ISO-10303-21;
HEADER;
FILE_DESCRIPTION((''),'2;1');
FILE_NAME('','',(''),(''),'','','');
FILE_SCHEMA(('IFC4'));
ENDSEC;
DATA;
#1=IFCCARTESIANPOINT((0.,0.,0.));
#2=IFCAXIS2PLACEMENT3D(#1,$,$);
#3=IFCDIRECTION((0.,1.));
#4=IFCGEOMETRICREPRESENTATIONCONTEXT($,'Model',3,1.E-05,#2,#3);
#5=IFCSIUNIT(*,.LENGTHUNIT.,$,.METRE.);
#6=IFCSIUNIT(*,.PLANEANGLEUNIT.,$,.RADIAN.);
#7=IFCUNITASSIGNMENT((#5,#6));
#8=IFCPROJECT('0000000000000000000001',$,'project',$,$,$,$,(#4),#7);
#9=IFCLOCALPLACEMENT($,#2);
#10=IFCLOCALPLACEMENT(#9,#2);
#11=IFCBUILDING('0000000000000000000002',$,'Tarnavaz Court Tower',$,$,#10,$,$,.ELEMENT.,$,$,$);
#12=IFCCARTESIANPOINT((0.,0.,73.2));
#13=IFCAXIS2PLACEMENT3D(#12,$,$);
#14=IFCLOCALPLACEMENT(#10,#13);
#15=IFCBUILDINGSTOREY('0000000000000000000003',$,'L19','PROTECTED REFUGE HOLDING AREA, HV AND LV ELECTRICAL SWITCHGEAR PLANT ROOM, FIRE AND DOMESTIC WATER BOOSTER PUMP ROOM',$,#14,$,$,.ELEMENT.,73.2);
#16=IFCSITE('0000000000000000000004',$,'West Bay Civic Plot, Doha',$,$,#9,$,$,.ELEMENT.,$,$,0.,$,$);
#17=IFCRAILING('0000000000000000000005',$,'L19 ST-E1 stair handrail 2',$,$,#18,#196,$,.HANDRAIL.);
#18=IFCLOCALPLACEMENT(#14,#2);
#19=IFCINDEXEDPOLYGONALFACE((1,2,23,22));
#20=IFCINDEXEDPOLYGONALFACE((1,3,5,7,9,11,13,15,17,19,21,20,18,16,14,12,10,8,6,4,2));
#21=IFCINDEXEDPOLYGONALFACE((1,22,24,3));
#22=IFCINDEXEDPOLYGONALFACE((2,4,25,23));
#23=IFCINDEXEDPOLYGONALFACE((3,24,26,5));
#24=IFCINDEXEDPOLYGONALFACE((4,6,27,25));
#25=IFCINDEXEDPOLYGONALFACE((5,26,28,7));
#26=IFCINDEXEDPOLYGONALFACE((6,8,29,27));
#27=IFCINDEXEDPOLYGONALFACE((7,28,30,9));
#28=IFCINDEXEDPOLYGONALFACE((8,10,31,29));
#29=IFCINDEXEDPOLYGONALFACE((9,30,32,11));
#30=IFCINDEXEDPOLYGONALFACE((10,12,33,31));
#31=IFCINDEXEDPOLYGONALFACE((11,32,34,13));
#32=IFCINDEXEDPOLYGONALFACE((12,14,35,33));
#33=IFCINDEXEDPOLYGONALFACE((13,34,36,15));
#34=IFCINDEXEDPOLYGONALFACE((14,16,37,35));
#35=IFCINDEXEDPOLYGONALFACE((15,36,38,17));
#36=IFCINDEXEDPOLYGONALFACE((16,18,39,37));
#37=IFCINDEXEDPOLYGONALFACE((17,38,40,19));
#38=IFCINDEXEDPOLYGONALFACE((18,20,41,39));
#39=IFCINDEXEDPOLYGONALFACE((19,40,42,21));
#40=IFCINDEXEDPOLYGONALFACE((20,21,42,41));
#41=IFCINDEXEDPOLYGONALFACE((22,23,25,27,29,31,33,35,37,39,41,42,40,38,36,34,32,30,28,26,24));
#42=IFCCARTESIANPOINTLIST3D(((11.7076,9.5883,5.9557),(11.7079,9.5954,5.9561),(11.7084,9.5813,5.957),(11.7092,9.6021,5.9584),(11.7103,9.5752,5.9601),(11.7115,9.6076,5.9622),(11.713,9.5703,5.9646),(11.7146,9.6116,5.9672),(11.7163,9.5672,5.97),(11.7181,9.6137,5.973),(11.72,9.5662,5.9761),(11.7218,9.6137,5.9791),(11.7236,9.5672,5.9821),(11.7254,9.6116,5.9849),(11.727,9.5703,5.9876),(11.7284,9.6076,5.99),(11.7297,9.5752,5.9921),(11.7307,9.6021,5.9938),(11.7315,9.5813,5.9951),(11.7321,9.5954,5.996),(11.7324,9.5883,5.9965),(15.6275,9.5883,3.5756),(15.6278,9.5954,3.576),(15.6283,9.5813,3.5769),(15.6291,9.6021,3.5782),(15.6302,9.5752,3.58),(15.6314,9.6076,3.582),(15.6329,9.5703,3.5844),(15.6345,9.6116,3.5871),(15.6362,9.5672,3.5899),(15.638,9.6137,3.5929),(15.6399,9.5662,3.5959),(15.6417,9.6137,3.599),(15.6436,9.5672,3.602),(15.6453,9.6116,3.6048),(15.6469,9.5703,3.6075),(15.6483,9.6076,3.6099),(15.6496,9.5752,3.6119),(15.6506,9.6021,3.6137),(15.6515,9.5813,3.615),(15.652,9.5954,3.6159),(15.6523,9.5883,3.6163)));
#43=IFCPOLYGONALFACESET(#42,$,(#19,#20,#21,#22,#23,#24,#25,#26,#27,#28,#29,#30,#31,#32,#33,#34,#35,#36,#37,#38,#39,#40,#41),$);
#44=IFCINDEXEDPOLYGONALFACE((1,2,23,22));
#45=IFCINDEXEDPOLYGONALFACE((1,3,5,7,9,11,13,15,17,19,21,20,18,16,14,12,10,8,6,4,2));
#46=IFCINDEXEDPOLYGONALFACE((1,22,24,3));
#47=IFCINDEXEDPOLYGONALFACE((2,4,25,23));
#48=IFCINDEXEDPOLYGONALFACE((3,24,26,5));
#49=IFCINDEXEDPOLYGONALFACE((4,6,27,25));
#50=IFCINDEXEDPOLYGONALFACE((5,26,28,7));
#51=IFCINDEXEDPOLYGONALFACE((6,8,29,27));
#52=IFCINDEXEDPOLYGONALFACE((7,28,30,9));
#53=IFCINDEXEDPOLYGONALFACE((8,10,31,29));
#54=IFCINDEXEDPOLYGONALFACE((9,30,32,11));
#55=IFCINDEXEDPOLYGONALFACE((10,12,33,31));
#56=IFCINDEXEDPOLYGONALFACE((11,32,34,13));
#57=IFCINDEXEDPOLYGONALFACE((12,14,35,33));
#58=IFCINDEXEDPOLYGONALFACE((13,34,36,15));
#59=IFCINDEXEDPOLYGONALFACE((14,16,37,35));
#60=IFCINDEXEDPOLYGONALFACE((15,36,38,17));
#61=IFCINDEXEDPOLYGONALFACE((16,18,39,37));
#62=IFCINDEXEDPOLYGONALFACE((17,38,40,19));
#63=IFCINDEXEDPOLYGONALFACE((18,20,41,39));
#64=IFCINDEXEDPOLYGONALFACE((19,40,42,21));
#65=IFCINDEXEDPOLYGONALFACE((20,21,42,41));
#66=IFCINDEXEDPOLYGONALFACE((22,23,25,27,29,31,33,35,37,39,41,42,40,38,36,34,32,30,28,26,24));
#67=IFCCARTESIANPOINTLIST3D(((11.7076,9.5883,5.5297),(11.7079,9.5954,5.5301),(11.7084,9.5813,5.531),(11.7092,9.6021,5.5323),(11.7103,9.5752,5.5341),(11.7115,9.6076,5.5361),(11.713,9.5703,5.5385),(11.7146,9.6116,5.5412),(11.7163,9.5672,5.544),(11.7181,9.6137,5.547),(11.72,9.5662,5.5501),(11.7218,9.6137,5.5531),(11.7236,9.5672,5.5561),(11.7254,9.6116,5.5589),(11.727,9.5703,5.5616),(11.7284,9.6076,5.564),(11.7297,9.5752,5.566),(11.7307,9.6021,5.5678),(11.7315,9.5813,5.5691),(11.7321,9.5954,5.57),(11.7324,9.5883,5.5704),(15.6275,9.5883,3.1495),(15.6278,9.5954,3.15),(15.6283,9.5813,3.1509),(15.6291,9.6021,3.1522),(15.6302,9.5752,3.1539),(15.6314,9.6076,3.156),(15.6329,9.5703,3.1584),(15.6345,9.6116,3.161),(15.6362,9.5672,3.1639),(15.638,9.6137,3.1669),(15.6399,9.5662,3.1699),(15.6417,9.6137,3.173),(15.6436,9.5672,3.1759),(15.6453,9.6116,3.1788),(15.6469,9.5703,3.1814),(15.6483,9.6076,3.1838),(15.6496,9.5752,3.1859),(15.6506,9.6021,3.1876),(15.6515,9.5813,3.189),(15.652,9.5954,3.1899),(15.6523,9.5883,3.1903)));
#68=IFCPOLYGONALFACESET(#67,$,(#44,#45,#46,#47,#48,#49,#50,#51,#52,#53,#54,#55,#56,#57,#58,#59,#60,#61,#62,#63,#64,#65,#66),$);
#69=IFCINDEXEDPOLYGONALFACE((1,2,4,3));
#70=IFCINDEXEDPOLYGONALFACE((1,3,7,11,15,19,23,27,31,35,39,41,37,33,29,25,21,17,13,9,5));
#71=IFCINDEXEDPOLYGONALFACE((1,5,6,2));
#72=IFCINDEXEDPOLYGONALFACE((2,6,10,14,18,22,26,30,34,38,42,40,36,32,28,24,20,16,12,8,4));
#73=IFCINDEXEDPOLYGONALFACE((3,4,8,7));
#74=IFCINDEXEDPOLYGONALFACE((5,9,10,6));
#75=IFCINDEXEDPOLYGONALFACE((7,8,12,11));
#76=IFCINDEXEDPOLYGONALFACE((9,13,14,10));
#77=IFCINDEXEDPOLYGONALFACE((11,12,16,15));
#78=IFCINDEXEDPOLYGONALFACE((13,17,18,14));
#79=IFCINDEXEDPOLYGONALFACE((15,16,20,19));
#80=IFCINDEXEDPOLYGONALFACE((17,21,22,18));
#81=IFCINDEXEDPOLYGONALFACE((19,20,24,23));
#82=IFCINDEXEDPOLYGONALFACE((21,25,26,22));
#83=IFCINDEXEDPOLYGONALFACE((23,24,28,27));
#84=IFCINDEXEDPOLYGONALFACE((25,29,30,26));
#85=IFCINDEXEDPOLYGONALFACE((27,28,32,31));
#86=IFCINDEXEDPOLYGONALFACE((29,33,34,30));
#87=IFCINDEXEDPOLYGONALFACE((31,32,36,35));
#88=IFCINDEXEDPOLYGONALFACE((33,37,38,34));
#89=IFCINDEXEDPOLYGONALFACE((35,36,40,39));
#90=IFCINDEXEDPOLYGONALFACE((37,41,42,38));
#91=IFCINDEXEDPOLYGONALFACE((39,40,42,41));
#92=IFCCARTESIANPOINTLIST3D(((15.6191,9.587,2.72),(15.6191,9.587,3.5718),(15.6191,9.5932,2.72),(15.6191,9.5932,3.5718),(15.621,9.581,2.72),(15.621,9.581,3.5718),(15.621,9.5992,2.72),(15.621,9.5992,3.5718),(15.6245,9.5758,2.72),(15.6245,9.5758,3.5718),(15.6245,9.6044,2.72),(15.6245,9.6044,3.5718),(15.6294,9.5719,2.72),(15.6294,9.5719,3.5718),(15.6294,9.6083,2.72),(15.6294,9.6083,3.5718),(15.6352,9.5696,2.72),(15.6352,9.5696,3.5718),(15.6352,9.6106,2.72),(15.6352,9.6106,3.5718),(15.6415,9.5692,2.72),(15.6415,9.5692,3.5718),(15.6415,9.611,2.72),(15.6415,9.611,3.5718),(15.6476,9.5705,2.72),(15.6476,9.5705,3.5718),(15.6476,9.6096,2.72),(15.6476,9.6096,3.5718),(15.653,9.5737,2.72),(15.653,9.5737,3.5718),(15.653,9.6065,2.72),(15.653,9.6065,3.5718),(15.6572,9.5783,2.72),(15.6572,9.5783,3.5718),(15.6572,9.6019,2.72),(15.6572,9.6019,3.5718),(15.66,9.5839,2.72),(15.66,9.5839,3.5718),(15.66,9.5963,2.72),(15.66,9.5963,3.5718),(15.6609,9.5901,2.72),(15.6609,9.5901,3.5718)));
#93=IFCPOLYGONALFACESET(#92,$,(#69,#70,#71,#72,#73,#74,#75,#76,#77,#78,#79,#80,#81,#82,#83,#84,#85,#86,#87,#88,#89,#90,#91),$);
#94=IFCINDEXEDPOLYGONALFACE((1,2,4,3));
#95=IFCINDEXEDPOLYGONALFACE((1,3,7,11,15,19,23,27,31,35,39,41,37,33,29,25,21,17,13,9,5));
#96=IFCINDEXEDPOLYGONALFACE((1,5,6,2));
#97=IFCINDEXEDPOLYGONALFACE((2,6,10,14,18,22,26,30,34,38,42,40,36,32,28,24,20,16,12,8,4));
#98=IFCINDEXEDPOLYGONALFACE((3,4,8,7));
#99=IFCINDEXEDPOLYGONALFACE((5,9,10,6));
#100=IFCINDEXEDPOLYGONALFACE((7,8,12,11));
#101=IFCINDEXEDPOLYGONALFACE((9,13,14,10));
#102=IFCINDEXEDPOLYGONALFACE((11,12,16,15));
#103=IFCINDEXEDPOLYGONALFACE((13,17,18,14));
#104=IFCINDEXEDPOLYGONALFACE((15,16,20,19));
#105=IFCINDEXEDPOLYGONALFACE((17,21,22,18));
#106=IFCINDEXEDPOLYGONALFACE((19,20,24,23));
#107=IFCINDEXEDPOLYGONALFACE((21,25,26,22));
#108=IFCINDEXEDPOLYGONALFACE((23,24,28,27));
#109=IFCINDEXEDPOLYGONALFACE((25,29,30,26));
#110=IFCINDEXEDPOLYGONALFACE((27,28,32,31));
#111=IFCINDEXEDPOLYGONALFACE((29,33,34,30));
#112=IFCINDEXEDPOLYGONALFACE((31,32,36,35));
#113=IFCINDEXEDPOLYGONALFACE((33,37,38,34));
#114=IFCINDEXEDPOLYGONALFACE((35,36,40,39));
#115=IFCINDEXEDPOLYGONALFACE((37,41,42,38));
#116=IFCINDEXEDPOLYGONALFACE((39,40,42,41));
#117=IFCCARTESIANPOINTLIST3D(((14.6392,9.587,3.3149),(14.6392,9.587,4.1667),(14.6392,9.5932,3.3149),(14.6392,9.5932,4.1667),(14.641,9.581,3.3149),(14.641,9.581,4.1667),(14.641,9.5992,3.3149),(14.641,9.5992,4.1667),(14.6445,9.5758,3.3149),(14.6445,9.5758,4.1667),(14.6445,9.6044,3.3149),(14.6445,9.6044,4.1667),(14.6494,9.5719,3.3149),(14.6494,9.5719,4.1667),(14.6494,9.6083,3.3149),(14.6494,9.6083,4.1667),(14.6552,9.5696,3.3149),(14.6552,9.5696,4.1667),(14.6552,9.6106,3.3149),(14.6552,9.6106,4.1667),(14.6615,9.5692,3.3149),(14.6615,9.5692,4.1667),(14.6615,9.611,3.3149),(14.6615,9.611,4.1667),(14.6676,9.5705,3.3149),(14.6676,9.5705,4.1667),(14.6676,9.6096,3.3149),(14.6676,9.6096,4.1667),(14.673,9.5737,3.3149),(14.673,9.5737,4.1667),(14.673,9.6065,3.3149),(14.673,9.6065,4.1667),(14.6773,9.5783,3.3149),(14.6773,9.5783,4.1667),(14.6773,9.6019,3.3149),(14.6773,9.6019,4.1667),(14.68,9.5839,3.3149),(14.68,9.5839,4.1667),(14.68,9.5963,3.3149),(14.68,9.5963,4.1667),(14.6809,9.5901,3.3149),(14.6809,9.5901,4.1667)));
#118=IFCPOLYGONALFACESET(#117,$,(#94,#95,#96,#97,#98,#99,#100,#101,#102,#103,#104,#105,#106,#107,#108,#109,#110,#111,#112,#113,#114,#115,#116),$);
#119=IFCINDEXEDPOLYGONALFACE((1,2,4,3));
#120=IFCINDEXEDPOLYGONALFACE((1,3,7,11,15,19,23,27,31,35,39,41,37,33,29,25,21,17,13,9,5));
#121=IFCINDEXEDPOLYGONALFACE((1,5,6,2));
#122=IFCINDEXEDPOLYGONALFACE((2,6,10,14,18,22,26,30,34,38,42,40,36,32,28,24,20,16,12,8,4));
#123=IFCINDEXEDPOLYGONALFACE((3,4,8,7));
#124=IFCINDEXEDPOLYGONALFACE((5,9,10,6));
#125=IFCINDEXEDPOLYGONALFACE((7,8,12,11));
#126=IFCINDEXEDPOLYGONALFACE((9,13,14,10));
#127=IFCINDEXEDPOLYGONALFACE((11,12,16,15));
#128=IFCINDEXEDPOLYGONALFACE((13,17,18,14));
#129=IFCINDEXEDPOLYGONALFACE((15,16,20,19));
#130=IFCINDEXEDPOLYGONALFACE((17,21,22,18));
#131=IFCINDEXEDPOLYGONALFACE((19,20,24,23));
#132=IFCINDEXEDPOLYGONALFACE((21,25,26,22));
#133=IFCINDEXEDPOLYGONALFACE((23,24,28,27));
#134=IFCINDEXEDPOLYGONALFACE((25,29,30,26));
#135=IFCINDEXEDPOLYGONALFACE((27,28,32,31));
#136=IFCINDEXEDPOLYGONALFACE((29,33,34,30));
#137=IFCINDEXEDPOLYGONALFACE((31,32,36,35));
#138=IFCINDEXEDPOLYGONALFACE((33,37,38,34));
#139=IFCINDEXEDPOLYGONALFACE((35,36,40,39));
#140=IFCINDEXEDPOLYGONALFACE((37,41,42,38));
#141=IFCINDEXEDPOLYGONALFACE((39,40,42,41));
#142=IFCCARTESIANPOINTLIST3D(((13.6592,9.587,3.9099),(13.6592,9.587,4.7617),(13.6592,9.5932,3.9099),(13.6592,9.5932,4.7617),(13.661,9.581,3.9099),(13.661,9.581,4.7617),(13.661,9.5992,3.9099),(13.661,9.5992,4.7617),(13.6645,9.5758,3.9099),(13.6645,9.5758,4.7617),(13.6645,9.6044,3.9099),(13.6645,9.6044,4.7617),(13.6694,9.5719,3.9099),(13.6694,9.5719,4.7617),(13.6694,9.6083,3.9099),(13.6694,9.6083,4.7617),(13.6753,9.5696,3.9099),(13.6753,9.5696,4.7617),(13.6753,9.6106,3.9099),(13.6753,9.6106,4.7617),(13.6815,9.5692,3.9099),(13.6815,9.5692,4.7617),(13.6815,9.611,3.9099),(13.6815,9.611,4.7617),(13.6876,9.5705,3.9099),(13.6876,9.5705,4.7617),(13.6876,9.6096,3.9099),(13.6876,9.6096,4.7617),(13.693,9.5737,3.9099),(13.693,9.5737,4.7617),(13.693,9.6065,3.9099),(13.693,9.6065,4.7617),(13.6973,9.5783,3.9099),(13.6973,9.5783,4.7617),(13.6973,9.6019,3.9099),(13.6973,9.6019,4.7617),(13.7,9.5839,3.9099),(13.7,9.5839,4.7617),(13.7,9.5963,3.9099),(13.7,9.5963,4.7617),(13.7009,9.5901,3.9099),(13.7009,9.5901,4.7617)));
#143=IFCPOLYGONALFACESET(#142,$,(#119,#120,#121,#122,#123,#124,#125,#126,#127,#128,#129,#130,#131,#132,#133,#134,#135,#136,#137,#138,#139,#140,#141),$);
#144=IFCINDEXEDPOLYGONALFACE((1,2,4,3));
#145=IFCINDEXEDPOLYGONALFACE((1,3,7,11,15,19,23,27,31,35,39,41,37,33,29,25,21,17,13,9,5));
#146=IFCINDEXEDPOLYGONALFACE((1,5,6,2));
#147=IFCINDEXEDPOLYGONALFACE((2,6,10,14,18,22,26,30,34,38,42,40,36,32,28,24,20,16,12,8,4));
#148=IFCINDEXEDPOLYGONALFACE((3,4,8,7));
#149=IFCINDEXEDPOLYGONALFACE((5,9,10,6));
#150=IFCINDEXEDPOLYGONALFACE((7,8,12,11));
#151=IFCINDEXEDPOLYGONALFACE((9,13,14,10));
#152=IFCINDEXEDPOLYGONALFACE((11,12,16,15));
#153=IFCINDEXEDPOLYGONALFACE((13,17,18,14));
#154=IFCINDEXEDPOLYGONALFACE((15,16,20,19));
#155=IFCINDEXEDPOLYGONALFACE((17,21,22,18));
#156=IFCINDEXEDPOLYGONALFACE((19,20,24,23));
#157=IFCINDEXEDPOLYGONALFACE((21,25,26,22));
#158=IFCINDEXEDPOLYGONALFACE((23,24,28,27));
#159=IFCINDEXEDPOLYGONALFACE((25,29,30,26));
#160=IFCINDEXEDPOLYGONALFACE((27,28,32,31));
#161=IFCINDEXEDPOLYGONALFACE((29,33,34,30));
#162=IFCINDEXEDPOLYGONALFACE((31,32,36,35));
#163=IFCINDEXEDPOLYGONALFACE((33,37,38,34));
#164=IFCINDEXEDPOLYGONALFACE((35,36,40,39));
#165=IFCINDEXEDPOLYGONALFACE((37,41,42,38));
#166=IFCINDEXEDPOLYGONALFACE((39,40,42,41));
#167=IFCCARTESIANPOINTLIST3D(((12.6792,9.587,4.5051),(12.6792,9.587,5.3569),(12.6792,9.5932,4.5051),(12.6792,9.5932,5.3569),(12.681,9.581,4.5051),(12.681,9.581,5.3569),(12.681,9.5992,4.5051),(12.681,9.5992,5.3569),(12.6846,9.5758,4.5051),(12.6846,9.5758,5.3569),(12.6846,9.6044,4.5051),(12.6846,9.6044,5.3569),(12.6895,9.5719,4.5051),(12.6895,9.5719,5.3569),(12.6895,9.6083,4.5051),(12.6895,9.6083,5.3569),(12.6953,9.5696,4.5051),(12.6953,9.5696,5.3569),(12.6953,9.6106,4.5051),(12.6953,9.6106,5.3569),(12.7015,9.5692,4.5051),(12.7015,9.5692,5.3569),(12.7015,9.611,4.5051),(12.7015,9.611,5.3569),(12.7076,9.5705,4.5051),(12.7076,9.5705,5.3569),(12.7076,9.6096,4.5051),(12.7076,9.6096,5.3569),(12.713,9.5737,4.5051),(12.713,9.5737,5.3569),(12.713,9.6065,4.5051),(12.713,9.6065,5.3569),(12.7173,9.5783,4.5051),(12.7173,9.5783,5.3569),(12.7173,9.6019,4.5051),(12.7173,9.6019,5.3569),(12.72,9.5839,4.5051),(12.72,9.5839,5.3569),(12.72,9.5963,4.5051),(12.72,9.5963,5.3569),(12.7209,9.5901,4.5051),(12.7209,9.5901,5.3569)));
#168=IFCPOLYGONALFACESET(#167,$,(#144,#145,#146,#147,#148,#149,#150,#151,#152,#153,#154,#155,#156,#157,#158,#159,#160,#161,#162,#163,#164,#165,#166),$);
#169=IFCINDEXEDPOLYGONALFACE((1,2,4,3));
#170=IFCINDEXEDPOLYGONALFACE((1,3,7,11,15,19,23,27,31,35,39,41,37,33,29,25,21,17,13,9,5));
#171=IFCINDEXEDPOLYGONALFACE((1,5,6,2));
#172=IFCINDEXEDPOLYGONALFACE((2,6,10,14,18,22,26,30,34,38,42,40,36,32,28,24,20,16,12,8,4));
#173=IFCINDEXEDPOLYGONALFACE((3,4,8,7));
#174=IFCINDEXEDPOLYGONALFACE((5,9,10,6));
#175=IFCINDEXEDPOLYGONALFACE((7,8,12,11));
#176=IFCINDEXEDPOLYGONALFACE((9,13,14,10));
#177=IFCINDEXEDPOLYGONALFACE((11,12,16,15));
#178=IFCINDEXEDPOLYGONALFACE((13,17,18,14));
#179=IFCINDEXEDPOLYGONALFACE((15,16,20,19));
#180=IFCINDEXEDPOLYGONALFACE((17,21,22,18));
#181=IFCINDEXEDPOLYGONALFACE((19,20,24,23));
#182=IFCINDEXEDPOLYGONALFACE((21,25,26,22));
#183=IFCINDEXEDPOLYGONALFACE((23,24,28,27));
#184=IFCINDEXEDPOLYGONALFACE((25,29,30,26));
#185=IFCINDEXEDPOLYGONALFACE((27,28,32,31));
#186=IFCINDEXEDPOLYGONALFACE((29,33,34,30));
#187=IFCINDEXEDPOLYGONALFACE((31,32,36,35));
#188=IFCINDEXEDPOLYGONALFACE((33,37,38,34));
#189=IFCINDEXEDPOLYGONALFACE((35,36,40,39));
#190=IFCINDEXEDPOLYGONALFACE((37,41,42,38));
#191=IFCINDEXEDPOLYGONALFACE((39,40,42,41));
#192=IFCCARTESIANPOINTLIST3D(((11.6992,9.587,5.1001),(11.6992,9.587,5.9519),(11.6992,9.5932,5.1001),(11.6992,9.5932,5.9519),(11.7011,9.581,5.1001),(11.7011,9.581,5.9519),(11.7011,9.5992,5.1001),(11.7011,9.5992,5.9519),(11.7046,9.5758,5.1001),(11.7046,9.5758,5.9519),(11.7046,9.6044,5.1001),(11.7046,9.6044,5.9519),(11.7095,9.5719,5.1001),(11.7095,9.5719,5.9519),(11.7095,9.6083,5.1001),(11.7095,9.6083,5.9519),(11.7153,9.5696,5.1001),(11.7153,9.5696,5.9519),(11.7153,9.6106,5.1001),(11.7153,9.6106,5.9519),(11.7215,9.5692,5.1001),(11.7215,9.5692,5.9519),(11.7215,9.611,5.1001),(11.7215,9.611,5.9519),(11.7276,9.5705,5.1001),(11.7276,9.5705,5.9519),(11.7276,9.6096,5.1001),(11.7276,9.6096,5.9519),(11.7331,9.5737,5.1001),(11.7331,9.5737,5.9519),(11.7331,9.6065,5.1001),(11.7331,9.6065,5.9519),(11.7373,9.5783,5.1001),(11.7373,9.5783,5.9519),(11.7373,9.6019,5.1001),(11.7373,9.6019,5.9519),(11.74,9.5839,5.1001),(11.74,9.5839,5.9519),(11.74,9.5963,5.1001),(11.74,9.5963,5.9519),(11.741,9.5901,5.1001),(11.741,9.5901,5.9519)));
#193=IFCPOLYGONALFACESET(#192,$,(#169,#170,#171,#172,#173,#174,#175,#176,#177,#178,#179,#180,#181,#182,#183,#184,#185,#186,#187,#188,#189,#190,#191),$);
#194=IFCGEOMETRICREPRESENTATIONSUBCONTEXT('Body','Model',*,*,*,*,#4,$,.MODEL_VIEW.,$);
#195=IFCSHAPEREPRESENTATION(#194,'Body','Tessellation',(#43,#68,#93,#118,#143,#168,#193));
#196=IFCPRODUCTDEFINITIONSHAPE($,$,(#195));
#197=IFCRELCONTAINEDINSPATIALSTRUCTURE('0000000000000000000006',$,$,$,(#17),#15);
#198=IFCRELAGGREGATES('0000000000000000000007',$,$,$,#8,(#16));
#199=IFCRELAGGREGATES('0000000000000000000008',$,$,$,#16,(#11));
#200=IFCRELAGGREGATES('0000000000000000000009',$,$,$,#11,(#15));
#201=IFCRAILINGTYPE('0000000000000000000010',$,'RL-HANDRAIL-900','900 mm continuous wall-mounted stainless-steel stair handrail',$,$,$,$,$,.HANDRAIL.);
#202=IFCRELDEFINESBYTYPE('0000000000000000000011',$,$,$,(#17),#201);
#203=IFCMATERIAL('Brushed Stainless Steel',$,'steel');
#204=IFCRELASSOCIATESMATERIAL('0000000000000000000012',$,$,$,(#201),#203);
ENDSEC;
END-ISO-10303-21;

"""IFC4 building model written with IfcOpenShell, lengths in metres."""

from ifc_helpers import new_model, si_unit, direction, frame, origin, origin_2d, place, context, subcontext, project, spatial, circle, extrude, material, type_object, element, save


model = new_model("IFC4")

# Units and contexts
model_context = context("Model", 3, precision=1e-05, world=origin(), true_north=direction((0.0, 1.0)))
body_context = subcontext(model_context, "Body", "Model", "MODEL_VIEW")
ifc_project = project(units=[si_unit("LENGTHUNIT", "METRE"), si_unit("PLANEANGLEUNIT", "RADIAN")], contexts=[model_context])

# Site, building, storey
site_placement = place(None, origin())
site = spatial("IfcSite", under=ifc_project, at=site_placement, Name="West Bay Civic Plot, Doha", CompositionType="ELEMENT", RefElevation=0.0)
building_placement = place(site_placement, origin())
building = spatial("IfcBuilding", under=site, at=building_placement, Name="Tarnavaz Court Tower", CompositionType="ELEMENT")
storey_placement = place(building_placement, frame((0.0, 0.0, 73.2)))
storey = spatial("IfcBuildingStorey", under=building, at=storey_placement, Name="L19", Description="PROTECTED REFUGE HOLDING AREA, HV AND LV ELECTRICAL SWITCHGEAR PLANT ROOM, FIRE AND DOMESTIC WATER BOOSTER PUMP ROOM", CompositionType="ELEMENT", Elevation=73.2)

# Railing
ifc_material_1 = material(Name="Brushed Stainless Steel", Category="steel")
railing_type_1 = type_object("IfcRailingType", Name="RL-HANDRAIL-900", Description="900 mm continuous wall-mounted stainless-steel stair handrail", PredefinedType="HANDRAIL", material=ifc_material_1)
railing_1_placement = place(storey_placement, frame((15.6399, 9.5901, 2.72)))
element("IfcRailing", 1, at=railing_1_placement, inside=storey, type_object=railing_type_1, Name="L19 ST-E1 stair handrail 2", PredefinedType="HANDRAIL", context=body_context, shape_type="SweptSolid", body=[
    extrude(circle(Radius=0.0239, at=origin_2d()), frame((0.0, 0.0, 0.876), z_axis=(-0.854771, 0.0, 0.519006), x_axis=(0.0, -1.0, 0.0)), (0.0, 0.0, 1.0), 4.5859),
    extrude(circle(Radius=0.0239, at=origin_2d()), frame((0.0, 0.0, 0.45), z_axis=(-0.854771, 0.0, 0.519006), x_axis=(0.0, -1.0, 0.0)), (0.0, 0.0, 1.0), 4.5859),
    extrude(circle(Radius=0.021, at=origin_2d()), origin(), (0.0, 0.0, 1.0), 0.8518),
    extrude(circle(Radius=0.021, at=origin_2d()), frame((-0.98, 0.0, 0.595)), (0.0, 0.0, 1.0), 0.8518),
    extrude(circle(Radius=0.021, at=origin_2d()), frame((-1.96, 0.0, 1.1899)), (0.0, 0.0, 1.0), 0.8518),
    extrude(circle(Radius=0.021, at=origin_2d()), frame((-2.9399, 0.0, 1.7852)), (0.0, 0.0, 1.0), 0.8518),
    extrude(circle(Radius=0.021, at=origin_2d()), frame((-3.9199, 0.0, 2.3801)), (0.0, 0.0, 1.0), 0.8518),
])

save(model, "model.ifc")
